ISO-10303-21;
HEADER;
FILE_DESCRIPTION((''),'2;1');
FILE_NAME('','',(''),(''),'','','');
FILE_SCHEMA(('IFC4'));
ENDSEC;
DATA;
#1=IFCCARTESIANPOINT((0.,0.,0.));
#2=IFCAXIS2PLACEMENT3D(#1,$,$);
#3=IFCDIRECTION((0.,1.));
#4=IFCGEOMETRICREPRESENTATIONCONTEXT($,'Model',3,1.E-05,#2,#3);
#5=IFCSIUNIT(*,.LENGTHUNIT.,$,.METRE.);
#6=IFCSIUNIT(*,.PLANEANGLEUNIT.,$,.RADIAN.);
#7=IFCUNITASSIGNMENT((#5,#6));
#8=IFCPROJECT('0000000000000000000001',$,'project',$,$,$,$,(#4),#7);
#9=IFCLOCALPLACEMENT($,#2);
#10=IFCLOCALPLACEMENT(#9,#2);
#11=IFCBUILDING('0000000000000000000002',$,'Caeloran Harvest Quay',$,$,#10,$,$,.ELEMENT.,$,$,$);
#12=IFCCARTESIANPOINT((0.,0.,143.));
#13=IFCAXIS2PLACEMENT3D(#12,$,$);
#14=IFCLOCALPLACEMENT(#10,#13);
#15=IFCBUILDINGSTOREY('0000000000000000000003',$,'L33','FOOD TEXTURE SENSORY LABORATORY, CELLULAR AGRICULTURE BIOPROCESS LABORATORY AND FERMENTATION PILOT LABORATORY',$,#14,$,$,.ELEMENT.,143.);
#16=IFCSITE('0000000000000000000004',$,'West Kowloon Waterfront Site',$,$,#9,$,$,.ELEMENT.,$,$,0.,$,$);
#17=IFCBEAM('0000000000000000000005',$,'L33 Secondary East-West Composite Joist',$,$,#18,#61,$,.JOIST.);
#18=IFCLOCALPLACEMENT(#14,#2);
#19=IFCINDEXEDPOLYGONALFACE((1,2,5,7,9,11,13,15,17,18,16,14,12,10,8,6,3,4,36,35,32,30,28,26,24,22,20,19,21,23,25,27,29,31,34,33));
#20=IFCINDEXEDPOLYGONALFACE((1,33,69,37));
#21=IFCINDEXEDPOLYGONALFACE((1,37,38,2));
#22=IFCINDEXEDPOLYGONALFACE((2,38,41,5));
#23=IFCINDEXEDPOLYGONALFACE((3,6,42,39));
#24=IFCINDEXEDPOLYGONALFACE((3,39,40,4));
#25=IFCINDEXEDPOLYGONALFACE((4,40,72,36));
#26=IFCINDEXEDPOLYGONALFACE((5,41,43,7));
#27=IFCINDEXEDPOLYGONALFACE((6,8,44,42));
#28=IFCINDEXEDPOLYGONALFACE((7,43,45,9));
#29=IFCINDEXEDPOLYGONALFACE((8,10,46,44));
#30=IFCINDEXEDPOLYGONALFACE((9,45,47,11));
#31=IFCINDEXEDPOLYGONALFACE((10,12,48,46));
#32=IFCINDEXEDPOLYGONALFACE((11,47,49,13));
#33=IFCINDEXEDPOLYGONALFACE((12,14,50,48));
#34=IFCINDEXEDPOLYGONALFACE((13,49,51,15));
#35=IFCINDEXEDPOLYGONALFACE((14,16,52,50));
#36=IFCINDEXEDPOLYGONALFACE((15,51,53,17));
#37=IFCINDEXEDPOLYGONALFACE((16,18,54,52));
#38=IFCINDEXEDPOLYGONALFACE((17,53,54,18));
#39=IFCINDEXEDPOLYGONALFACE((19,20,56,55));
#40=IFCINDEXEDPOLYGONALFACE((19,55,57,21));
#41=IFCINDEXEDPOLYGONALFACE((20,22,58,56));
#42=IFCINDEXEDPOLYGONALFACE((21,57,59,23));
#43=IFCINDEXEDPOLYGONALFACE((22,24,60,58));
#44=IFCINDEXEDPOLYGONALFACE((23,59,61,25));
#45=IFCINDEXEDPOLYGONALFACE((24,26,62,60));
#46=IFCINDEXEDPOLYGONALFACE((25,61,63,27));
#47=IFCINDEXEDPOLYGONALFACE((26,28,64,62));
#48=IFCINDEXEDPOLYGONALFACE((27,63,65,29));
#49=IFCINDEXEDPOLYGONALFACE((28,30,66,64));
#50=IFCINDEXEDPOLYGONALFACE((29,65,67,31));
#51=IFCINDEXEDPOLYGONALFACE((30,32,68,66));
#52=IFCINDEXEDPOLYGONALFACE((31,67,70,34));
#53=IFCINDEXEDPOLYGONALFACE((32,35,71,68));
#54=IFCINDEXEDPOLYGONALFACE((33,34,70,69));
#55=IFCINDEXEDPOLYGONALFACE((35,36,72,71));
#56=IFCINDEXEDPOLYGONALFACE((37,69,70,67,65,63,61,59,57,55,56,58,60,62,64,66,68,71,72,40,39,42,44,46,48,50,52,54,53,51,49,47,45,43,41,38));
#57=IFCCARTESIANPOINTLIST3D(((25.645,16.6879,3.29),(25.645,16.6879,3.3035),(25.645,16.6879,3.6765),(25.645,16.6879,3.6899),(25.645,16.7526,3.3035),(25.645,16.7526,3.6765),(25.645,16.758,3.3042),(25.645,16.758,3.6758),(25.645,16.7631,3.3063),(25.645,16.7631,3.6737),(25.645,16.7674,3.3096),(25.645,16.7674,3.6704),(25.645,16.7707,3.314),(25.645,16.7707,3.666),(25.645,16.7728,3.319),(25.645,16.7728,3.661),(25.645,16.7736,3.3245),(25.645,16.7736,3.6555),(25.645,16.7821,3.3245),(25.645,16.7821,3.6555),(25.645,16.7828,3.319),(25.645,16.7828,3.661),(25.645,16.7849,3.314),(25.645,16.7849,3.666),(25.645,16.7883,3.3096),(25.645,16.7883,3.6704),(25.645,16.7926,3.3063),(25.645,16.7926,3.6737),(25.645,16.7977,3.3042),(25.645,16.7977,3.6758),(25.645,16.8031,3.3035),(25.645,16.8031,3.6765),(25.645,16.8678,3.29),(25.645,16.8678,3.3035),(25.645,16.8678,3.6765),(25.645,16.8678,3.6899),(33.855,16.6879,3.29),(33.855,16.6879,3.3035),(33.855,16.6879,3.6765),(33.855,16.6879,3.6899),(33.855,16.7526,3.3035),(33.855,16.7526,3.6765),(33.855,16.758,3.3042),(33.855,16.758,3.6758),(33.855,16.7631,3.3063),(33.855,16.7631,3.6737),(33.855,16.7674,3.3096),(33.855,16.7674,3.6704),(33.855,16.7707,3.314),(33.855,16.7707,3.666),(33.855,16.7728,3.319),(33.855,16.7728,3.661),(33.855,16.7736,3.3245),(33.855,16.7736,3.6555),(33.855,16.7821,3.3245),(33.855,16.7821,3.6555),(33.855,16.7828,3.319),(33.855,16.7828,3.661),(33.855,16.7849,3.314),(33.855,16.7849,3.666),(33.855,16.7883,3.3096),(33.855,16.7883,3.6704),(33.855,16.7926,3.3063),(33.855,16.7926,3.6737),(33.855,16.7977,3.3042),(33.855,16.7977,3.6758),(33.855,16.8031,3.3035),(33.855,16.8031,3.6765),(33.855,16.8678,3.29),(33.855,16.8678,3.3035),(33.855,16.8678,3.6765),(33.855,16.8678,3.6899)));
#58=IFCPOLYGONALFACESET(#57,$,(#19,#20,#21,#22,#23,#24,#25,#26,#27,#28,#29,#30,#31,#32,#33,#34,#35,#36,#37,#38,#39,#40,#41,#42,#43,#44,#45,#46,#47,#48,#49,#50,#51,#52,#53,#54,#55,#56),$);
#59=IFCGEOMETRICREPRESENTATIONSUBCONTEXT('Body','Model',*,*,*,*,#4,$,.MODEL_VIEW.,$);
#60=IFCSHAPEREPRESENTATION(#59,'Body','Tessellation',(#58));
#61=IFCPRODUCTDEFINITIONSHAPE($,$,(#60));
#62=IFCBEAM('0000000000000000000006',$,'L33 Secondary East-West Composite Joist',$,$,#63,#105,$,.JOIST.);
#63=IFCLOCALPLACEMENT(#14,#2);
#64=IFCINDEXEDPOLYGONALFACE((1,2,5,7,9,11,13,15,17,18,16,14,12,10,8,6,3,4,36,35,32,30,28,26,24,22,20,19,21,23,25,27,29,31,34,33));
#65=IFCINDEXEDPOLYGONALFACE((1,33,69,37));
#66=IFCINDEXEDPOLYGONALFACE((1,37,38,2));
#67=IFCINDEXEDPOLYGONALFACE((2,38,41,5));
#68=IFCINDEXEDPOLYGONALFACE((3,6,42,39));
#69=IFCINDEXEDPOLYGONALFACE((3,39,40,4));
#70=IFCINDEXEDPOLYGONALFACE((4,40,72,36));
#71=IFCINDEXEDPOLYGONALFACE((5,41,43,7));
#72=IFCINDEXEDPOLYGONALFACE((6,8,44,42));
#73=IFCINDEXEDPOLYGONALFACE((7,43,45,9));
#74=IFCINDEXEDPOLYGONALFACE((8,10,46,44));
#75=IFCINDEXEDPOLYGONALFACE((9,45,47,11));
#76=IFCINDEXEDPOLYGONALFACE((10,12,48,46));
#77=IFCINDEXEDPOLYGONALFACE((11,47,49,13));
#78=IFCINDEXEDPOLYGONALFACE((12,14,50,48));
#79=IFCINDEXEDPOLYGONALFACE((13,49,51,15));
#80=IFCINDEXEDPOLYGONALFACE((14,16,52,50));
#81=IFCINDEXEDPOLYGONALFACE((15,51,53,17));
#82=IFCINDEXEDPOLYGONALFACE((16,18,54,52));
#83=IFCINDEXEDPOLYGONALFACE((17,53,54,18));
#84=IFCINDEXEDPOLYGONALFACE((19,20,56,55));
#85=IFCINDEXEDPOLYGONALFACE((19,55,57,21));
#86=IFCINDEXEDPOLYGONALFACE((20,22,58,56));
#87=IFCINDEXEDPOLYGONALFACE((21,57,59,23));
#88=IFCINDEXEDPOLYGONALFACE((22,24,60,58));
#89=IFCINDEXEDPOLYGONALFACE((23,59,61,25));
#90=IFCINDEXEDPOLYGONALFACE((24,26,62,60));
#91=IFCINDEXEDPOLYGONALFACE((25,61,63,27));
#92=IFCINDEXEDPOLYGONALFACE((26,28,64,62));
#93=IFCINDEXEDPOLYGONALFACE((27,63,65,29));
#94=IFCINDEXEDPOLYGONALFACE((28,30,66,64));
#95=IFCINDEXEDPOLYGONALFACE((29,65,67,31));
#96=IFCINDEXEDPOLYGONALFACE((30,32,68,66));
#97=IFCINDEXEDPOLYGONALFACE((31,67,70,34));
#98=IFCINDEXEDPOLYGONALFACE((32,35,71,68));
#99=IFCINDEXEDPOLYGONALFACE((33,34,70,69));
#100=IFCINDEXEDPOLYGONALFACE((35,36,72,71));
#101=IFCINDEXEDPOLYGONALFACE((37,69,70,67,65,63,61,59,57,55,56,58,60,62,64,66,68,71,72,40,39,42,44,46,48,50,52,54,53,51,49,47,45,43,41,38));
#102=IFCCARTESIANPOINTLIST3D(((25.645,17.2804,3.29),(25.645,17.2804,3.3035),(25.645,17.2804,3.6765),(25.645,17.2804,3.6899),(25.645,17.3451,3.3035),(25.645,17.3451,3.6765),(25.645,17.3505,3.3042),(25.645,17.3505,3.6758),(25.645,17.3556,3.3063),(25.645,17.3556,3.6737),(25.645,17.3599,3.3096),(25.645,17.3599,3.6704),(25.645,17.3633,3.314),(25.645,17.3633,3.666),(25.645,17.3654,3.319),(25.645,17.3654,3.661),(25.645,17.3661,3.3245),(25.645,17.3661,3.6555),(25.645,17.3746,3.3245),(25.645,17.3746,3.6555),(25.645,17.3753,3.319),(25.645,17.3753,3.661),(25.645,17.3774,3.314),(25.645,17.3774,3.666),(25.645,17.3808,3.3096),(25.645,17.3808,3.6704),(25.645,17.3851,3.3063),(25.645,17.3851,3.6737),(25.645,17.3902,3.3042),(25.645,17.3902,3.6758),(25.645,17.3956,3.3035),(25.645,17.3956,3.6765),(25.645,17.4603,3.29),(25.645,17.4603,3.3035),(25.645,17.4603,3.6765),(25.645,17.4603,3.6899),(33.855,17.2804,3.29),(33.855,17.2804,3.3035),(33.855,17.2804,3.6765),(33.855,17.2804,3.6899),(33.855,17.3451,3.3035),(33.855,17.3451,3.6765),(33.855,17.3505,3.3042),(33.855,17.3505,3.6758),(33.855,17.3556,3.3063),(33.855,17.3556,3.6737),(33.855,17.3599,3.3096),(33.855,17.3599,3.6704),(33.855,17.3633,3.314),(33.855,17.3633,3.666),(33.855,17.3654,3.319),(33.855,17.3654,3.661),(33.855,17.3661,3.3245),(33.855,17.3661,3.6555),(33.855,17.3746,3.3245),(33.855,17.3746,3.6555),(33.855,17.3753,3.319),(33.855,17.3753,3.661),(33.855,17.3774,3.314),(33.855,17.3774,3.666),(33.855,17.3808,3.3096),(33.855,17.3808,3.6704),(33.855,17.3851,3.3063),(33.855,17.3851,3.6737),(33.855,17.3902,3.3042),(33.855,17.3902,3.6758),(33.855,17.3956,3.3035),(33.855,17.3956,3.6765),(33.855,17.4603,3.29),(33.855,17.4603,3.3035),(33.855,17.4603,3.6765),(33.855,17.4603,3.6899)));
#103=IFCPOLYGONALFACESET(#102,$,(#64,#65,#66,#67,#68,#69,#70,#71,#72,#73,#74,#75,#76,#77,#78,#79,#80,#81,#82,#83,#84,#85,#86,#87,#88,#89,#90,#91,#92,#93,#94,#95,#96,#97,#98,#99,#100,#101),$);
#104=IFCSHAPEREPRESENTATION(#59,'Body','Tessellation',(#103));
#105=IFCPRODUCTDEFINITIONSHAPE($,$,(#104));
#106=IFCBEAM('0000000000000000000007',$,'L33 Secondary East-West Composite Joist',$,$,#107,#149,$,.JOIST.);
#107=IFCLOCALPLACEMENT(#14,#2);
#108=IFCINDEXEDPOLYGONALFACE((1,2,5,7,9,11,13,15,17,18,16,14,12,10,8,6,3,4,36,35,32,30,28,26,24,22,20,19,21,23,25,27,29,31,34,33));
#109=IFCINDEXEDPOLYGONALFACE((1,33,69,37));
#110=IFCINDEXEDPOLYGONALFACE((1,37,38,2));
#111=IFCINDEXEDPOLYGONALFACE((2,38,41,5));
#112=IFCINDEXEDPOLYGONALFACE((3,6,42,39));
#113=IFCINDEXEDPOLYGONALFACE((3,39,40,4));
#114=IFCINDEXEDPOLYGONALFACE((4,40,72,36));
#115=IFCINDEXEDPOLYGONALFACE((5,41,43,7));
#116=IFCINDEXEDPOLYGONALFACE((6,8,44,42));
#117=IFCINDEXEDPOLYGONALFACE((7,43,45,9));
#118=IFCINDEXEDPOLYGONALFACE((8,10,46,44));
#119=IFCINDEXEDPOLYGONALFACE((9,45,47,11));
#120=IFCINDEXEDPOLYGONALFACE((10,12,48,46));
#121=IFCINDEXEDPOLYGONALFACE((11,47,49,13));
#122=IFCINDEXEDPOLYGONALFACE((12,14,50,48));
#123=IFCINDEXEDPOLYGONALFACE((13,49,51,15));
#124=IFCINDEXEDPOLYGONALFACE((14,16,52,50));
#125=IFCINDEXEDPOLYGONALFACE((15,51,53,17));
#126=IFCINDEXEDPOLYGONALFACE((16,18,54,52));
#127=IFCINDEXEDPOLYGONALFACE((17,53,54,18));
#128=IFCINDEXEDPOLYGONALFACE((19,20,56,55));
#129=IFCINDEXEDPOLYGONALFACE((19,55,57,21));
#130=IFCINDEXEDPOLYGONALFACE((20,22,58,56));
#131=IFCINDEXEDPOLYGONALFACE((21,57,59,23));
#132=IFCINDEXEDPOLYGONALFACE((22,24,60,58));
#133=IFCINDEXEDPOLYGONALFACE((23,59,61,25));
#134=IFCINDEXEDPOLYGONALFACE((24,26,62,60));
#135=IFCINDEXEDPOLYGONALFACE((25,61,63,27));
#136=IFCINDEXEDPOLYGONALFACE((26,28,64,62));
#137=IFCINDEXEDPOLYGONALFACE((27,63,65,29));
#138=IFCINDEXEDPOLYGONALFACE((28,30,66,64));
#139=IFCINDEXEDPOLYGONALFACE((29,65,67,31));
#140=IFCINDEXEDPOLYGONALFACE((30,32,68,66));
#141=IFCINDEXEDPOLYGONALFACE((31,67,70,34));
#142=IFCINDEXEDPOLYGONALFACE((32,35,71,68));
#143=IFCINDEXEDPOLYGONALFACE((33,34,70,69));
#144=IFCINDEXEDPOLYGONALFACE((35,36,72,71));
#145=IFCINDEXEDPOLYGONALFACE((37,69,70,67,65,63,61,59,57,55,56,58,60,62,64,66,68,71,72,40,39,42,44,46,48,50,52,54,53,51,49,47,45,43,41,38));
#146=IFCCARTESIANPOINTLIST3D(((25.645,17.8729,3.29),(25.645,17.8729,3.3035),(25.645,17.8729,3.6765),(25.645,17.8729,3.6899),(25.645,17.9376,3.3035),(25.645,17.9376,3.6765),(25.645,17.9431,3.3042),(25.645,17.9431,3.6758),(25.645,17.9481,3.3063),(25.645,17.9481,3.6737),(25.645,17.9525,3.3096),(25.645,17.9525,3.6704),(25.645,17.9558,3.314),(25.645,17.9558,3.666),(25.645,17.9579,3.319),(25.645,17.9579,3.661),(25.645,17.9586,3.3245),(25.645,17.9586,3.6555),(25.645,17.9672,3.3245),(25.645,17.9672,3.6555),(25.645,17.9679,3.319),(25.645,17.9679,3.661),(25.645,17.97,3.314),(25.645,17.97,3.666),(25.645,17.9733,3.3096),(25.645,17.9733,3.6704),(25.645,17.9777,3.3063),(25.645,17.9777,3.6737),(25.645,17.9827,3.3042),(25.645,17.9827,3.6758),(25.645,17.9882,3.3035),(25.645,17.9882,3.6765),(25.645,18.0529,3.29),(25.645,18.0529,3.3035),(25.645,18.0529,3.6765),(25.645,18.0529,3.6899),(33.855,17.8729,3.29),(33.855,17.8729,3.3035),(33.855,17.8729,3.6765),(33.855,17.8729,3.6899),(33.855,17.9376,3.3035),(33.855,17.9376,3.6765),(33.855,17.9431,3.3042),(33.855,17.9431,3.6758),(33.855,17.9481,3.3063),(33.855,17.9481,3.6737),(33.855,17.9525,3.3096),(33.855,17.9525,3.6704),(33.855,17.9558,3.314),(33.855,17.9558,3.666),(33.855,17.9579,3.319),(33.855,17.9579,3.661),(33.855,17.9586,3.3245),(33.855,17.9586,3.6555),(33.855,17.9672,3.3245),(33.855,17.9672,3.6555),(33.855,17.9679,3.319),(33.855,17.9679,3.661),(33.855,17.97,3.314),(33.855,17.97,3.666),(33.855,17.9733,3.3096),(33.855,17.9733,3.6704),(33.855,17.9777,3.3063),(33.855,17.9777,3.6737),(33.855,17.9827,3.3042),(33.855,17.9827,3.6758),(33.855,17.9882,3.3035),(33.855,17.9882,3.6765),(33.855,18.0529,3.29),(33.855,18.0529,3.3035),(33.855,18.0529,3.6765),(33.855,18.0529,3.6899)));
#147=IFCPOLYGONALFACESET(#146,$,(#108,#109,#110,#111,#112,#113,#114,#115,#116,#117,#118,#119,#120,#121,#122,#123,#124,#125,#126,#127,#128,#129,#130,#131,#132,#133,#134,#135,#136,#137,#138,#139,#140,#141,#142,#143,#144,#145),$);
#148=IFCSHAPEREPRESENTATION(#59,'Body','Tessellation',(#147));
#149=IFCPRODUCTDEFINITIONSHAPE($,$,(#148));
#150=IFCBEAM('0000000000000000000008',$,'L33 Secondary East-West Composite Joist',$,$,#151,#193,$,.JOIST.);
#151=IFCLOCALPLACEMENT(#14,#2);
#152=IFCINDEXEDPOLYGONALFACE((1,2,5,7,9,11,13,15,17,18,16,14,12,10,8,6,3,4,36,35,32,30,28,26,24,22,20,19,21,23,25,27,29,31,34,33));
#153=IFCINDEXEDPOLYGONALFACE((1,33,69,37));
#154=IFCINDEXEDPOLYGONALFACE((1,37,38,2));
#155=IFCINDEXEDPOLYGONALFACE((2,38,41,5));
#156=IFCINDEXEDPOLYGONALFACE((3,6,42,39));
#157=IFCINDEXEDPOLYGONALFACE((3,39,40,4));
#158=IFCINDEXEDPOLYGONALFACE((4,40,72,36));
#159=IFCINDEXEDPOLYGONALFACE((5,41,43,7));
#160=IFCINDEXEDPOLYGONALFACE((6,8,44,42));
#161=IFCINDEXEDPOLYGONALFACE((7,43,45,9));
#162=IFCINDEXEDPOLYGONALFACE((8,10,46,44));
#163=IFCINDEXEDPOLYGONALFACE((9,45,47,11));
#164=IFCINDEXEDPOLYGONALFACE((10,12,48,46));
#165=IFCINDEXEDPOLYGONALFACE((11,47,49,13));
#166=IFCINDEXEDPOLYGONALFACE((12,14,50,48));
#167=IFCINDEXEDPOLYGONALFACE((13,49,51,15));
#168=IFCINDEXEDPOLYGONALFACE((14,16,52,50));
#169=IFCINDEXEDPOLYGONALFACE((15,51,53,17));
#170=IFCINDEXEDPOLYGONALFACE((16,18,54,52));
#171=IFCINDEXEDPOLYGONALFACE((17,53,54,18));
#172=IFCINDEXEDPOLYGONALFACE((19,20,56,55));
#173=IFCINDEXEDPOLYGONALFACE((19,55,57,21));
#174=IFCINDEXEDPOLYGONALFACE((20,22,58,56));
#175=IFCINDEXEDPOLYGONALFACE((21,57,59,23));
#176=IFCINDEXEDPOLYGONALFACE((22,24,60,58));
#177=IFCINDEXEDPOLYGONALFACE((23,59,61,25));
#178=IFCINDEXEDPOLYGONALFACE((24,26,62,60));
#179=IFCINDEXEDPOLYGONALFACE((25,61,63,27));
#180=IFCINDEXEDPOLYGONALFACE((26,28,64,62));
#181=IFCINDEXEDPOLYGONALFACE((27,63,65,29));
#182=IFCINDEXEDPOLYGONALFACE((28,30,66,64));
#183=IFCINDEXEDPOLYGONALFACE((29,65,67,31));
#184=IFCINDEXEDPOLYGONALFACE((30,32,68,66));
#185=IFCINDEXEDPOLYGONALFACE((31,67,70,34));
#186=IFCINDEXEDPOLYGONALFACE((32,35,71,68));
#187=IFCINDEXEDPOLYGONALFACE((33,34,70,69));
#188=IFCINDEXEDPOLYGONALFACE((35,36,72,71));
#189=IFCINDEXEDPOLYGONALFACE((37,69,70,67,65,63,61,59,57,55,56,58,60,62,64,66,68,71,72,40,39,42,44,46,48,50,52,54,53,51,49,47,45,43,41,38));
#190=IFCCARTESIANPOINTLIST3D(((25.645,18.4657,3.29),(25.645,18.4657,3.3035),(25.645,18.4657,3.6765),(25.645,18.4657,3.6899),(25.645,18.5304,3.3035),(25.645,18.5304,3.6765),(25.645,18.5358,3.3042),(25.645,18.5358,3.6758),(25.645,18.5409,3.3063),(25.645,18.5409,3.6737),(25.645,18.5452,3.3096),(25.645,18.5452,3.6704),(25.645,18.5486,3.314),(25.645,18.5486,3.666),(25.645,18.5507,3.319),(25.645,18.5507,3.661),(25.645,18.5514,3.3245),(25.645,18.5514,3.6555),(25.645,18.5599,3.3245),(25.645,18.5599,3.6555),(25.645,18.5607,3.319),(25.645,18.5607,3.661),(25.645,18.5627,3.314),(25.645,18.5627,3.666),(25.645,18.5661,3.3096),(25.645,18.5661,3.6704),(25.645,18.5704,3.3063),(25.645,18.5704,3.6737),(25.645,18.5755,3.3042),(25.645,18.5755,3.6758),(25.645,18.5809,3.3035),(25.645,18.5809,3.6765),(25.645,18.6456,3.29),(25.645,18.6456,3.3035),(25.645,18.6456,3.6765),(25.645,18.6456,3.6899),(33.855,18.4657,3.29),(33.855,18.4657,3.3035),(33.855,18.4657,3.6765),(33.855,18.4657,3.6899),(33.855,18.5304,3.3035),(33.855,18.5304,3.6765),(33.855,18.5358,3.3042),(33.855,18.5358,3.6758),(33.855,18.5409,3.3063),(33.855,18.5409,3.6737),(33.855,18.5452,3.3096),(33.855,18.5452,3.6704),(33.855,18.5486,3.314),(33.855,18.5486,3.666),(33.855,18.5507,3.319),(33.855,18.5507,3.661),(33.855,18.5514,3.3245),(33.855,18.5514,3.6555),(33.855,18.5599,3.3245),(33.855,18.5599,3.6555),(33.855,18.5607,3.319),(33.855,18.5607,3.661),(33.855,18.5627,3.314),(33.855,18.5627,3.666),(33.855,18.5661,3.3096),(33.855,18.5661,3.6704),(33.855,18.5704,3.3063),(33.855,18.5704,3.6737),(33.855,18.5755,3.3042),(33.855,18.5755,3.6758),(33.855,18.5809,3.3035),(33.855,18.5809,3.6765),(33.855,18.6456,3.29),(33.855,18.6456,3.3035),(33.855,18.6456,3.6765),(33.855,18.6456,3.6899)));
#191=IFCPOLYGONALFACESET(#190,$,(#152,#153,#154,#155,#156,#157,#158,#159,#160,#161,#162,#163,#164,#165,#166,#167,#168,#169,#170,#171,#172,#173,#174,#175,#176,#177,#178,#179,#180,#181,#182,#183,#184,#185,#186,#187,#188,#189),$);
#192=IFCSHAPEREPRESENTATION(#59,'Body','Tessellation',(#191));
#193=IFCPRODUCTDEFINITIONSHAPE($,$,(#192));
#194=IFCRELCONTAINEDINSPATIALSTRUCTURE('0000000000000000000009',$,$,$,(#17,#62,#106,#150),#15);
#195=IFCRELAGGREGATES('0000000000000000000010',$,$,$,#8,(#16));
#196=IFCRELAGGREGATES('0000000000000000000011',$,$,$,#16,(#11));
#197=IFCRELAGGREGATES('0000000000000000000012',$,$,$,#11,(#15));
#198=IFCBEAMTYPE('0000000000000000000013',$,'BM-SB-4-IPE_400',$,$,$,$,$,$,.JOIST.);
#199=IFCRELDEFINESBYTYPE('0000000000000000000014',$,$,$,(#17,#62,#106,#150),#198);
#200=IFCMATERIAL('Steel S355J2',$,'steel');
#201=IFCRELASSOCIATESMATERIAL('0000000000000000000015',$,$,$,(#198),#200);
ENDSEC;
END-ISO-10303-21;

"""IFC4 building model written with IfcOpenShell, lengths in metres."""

from ifc_helpers import new_model, si_unit, direction, frame, origin, origin_2d, place, context, subcontext, project, spatial, i_section, extrude, material, material_profile, profile_set, type_object, element, save


model = new_model("IFC4")

# Units and contexts
model_context = context("Model", 3, precision=1e-05, world=origin(), true_north=direction((0.0, 1.0)))
body_context = subcontext(model_context, "Body", "Model", "MODEL_VIEW")
ifc_project = project(units=[si_unit("LENGTHUNIT", "METRE"), si_unit("PLANEANGLEUNIT", "RADIAN")], contexts=[model_context])

# Site, building, storey
site_placement = place(None, origin())
site = spatial("IfcSite", under=ifc_project, at=site_placement, Name="West Kowloon Waterfront Site", CompositionType="ELEMENT", RefElevation=0.0)
building_placement = place(site_placement, origin())
building = spatial("IfcBuilding", under=site, at=building_placement, Name="Caeloran Harvest Quay", CompositionType="ELEMENT")
storey_placement = place(building_placement, frame((0.0, 0.0, 143.0)))
storey = spatial("IfcBuildingStorey", under=building, at=storey_placement, Name="L33", Description="FOOD TEXTURE SENSORY LABORATORY, CELLULAR AGRICULTURE BIOPROCESS LABORATORY AND FERMENTATION PILOT LABORATORY", CompositionType="ELEMENT", Elevation=143.0)

# Beams
ifc_material_1 = material(Name="Steel S355J2", Category="steel")
ifc_material_profile_1 = material_profile(ifc_material_1, i_section(OverallWidth=0.1799, OverallDepth=0.3999, WebThickness=0.0085, FlangeThickness=0.0134, FilletRadius=0.021, at=origin_2d()), Name="IPE 400")
ifc_profile_set_1 = profile_set([ifc_material_profile_1], Name="Steel S355J2")
beam_type_1 = type_object("IfcBeamType", Name="BM-SB-4-IPE_400", PredefinedType="JOIST", material=ifc_profile_set_1)
for number, where, z_axis, x_axis, name in (
    (1, (25.645, 16.7778, 3.49), (1.0, 0.0, 0.0), (0.0, 1.0, 0.0), "L33 Secondary East-West Composite Joist"),
    (2, (25.645, 17.3704, 3.49), (1.0, 0.0, 0.0), (0.0, 1.0, 0.0), "L33 Secondary East-West Composite Joist"),
    (3, (25.645, 17.9629, 3.49), (1.0, 0.0, 0.0), (0.0, 1.0, 0.0), "L33 Secondary East-West Composite Joist"),
    (4, (25.645, 18.5557, 3.49), (1.0, 0.0, 0.0), (0.0, 1.0, 0.0), "L33 Secondary East-West Composite Joist"),
):
    element("IfcBeam", number, at=place(storey_placement, frame(where, z_axis=z_axis, x_axis=x_axis)), inside=storey, type_object=beam_type_1, Name=name, PredefinedType="JOIST", context=body_context, shape_type="SweptSolid", body=[
        extrude(i_section(OverallWidth=0.1799, OverallDepth=0.3999, WebThickness=0.0085, FlangeThickness=0.0134, FilletRadius=0.021, at=origin_2d()), origin(), (0.0, 0.0, 1.0), 8.21),
    ])

save(model, "model.ifc")
